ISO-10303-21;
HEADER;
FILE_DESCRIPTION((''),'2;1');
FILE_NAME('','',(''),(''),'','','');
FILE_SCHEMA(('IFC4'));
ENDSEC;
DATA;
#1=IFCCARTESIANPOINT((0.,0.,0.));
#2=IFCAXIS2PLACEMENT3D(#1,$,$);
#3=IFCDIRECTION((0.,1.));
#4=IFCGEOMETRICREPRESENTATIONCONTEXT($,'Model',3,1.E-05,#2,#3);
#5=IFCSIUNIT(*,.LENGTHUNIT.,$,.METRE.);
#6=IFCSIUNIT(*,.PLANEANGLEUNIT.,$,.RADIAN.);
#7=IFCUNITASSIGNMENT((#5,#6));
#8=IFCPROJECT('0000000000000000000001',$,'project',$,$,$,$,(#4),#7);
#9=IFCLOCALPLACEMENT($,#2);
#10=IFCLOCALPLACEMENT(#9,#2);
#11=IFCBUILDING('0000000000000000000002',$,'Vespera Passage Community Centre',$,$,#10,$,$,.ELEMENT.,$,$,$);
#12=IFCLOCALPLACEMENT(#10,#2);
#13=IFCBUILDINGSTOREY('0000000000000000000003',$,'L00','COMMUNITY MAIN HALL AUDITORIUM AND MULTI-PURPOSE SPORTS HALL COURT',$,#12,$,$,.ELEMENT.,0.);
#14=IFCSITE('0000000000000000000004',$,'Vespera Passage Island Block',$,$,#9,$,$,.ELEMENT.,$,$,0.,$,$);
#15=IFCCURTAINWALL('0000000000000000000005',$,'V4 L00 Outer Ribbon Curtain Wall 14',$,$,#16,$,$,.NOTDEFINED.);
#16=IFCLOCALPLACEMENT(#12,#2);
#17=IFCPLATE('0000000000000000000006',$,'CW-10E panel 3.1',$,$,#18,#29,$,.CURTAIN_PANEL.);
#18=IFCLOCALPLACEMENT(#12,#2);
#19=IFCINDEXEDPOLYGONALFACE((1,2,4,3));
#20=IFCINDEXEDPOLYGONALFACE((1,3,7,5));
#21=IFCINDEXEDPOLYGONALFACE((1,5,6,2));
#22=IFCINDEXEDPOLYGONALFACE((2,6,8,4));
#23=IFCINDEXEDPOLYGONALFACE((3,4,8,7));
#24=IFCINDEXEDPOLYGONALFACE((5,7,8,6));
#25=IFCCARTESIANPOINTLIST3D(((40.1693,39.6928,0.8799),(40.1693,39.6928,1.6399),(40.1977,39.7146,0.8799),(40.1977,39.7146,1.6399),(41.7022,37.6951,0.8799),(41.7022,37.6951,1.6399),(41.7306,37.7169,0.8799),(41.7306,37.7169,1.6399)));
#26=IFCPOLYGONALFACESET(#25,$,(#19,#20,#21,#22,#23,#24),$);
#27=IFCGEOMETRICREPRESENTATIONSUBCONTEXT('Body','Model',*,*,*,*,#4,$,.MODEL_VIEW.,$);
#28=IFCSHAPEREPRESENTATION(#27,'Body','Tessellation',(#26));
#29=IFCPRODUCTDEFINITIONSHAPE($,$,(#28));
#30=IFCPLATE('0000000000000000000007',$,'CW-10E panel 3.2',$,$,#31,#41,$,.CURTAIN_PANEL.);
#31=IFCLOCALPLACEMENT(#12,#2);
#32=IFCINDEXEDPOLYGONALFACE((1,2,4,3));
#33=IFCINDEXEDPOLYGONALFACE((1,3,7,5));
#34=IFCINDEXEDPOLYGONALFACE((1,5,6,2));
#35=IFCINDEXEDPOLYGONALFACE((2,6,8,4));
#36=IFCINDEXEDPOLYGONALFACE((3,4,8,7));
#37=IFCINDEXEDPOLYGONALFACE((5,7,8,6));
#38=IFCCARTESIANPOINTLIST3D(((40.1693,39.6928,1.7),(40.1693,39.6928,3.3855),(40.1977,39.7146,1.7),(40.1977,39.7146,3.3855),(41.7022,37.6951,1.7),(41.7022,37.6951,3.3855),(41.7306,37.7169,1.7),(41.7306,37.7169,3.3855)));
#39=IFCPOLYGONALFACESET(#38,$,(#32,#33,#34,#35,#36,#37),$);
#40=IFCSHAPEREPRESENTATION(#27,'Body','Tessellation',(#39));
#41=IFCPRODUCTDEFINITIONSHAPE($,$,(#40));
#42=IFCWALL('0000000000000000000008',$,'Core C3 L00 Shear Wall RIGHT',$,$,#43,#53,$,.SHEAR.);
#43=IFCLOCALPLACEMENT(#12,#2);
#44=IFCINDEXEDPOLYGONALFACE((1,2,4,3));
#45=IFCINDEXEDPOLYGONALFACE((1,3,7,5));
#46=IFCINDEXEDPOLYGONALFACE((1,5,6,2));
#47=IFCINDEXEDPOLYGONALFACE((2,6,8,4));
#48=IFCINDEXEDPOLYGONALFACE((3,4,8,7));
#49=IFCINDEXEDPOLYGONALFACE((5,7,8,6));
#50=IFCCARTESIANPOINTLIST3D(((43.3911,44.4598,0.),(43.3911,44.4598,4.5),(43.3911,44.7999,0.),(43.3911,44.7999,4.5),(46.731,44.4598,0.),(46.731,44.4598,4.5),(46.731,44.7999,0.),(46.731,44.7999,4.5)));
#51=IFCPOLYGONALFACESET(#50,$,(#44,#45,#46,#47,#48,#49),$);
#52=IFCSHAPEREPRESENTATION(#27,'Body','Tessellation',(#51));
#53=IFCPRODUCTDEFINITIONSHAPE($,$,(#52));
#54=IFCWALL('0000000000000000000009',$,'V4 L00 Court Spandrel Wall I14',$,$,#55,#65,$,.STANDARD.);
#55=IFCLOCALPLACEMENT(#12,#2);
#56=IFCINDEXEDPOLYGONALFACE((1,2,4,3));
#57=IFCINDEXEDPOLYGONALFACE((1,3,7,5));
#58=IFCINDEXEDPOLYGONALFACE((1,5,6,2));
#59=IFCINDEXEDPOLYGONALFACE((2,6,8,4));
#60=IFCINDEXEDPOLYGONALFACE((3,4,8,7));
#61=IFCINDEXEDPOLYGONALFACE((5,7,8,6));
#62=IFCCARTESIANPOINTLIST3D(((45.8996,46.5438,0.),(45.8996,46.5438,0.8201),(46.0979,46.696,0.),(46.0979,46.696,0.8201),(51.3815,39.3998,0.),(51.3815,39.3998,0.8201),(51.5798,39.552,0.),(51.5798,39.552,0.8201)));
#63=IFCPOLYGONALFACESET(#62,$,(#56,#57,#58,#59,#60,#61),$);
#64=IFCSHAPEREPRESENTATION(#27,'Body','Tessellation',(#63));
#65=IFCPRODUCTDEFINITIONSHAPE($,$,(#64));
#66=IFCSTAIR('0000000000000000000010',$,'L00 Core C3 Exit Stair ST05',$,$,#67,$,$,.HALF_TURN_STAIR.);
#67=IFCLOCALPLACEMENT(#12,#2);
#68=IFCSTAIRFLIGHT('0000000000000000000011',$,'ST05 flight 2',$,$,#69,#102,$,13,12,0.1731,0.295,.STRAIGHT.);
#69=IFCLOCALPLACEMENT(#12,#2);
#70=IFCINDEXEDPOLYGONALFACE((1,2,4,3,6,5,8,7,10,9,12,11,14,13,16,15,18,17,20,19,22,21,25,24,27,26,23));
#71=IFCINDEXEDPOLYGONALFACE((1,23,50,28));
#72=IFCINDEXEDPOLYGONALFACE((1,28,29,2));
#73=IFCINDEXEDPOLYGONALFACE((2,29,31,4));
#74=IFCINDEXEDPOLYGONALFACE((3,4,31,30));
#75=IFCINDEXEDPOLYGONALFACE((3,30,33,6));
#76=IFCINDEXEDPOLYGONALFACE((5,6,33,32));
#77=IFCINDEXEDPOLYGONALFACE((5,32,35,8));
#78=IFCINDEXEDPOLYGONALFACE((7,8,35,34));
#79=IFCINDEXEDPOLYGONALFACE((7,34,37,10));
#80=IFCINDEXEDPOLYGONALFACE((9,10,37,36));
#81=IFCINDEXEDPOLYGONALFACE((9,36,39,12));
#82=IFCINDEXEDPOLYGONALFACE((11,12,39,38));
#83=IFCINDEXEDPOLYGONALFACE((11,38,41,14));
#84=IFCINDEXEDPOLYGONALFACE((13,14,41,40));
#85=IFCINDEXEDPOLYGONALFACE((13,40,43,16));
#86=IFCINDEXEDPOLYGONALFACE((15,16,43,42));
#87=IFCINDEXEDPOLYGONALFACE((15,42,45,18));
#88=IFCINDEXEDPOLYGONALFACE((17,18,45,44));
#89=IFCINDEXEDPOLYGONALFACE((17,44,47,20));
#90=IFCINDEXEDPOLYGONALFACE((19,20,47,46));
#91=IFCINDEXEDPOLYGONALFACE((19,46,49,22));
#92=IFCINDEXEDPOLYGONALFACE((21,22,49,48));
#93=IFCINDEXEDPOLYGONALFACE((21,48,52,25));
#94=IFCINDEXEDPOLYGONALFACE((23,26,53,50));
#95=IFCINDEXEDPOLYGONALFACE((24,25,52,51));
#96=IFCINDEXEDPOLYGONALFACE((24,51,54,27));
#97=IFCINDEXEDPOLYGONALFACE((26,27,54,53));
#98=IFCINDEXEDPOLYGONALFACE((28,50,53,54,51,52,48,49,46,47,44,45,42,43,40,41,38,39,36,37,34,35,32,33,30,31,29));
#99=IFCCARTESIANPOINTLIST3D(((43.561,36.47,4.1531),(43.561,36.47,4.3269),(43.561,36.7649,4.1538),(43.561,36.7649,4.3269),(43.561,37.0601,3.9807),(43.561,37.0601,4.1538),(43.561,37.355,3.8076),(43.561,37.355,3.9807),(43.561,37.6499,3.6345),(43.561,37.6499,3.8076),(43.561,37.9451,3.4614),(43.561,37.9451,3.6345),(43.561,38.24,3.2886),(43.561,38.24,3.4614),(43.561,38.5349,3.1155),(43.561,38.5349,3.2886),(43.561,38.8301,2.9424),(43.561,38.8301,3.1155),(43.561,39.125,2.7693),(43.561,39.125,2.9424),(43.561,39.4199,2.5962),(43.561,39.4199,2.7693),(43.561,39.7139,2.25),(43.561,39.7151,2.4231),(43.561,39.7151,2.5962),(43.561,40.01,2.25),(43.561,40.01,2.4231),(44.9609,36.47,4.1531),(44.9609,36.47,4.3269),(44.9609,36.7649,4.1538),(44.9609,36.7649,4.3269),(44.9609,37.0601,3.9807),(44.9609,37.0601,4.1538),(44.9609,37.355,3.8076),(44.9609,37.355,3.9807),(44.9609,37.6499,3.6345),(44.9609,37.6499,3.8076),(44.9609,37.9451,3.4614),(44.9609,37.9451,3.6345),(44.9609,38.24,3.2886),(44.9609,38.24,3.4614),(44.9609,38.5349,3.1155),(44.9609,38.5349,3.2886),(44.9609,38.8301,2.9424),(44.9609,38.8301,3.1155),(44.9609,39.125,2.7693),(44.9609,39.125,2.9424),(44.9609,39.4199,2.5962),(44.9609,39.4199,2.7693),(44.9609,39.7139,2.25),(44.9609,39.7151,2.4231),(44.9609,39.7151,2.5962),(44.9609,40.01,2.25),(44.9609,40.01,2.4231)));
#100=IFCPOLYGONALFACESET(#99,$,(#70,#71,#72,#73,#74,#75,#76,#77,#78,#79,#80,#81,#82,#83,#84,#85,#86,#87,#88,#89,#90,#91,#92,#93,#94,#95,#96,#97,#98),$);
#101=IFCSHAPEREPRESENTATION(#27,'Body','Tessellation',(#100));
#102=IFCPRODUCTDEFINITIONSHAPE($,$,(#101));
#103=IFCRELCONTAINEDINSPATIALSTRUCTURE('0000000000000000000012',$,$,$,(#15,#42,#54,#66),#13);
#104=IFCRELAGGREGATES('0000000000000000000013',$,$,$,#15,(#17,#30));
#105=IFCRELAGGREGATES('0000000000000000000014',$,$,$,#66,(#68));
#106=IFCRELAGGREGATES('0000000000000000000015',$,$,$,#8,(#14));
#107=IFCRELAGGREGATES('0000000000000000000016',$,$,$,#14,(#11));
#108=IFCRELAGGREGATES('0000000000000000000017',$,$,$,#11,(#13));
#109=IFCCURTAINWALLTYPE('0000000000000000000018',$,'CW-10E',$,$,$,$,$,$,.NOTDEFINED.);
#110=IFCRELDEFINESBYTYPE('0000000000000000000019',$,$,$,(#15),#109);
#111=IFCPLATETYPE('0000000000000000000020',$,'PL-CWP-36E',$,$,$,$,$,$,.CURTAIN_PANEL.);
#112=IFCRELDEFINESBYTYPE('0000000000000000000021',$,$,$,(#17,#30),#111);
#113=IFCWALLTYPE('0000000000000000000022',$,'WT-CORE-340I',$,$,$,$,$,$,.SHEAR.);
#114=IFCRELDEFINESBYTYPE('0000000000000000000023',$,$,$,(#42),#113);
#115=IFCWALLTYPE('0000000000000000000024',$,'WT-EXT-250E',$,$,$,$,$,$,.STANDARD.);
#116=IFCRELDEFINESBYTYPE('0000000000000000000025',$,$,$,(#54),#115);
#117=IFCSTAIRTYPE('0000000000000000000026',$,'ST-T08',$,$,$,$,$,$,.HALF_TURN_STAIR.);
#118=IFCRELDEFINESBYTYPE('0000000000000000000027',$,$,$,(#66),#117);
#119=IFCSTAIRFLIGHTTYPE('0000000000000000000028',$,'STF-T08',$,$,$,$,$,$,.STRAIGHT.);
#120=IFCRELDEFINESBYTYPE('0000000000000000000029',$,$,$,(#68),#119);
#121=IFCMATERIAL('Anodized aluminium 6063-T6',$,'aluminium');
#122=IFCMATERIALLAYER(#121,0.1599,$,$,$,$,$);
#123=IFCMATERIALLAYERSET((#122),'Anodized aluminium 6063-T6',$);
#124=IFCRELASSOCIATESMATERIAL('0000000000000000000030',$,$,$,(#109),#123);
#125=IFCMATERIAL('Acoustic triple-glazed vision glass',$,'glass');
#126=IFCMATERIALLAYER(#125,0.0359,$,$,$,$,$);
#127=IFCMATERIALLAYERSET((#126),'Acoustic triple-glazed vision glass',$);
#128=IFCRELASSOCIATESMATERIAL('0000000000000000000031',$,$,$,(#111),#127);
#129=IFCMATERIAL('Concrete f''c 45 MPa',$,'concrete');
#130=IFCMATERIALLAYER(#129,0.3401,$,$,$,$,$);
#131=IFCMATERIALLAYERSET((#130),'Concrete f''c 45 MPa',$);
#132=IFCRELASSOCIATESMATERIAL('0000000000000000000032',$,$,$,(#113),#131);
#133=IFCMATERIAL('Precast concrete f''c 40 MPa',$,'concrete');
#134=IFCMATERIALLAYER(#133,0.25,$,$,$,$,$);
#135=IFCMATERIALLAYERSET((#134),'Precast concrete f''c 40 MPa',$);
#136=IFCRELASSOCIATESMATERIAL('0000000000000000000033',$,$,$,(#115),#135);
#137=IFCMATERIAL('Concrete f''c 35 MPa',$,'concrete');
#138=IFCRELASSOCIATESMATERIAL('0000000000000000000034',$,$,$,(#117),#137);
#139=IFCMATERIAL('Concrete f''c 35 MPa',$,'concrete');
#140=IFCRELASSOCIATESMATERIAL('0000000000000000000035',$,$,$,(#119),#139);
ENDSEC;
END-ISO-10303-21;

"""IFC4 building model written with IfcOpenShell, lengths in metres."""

from ifc_helpers import new_model, si_unit, direction, frame, frame_2d, origin, origin_2d, place, context, subcontext, project, spatial, polyline, rectangle, outline, extrude, material, layer, layer_set, type_object, element, aggregate, save


model = new_model("IFC4")

# Units and contexts
model_context = context("Model", 3, precision=1e-05, world=origin(), true_north=direction((0.0, 1.0)))
body_context = subcontext(model_context, "Body", "Model", "MODEL_VIEW")
ifc_project = project(units=[si_unit("LENGTHUNIT", "METRE"), si_unit("PLANEANGLEUNIT", "RADIAN")], contexts=[model_context])

# Site, building, storey
site_placement = place(None, origin())
site = spatial("IfcSite", under=ifc_project, at=site_placement, Name="Vespera Passage Island Block", CompositionType="ELEMENT", RefElevation=0.0)
building_placement = place(site_placement, origin())
building = spatial("IfcBuilding", under=site, at=building_placement, Name="Vespera Passage Community Centre", CompositionType="ELEMENT")
storey_placement = place(building_placement, origin())
storey = spatial("IfcBuildingStorey", under=building, at=storey_placement, Name="L00", Description="COMMUNITY MAIN HALL AUDITORIUM AND MULTI-PURPOSE SPORTS HALL COURT", CompositionType="ELEMENT", Elevation=0.0)

# Curtain wall
ifc_material_1 = material(Name="Anodized aluminium 6063-T6", Category="aluminium")
ifc_layer_1 = layer(ifc_material_1, 0.1599)
ifc_layer_set_1 = layer_set([ifc_layer_1], Name="Anodized aluminium 6063-T6")
curtain_wall_type_1 = type_object("IfcCurtainWallType", Name="CW-10E", PredefinedType="NOTDEFINED", material=ifc_layer_set_1)
curtain_wall_1_placement = place(storey_placement, origin())
curtain_wall_1 = element("IfcCurtainWall", 1, at=curtain_wall_1_placement, inside=storey, type_object=curtain_wall_type_1, Name="V4 L00 Outer Ribbon Curtain Wall 14", PredefinedType="NOTDEFINED")

# Plates
ifc_material_2 = material(Name="Acoustic triple-glazed vision glass", Category="glass")
ifc_layer_2 = layer(ifc_material_2, 0.0359)
ifc_layer_set_2 = layer_set([ifc_layer_2], Name="Acoustic triple-glazed vision glass")
plate_type_1 = type_object("IfcPlateType", Name="PL-CWP-36E", PredefinedType="CURTAIN_PANEL", material=ifc_layer_set_2)
plate_1_placement = place(storey_placement, frame((40.95, 38.7048, 0.8799), z_axis=(0.0, 0.0, 1.0), x_axis=(-0.608765, 0.79335, 0.0)))
plate_1 = element("IfcPlate", 2, at=plate_1_placement, type_object=plate_type_1, Name="CW-10E panel 3.1", PredefinedType="CURTAIN_PANEL", context=body_context, shape_type="SweptSolid", body=[
    extrude(rectangle(XDim=2.5181, YDim=0.0359, at=origin_2d()), origin(), (0.0, 0.0, 1.0), 0.76),
])
plate_2_placement = place(storey_placement, frame((40.95, 38.7048, 1.7), z_axis=(0.0, 0.0, 1.0), x_axis=(-0.608765, 0.79335, 0.0)))
plate_2 = element("IfcPlate", 3, at=plate_2_placement, type_object=plate_type_1, Name="CW-10E panel 3.2", PredefinedType="CURTAIN_PANEL", context=body_context, shape_type="SweptSolid", body=[
    extrude(rectangle(XDim=2.5181, YDim=0.0359, at=origin_2d()), origin(), (0.0, 0.0, 1.0), 1.6855),
])
aggregate(curtain_wall_1, [plate_1, plate_2])

# Wall
ifc_material_3 = material(Name="Concrete f'c 45 MPa", Category="concrete")
ifc_layer_3 = layer(ifc_material_3, 0.3401)
ifc_layer_set_3 = layer_set([ifc_layer_3], Name="Concrete f'c 45 MPa")
wall_type_1 = type_object("IfcWallType", Name="WT-CORE-340I", PredefinedType="SHEAR", material=ifc_layer_set_3)
wall_1_placement = place(storey_placement, frame((43.3911, 44.6299, 0.0), z_axis=(0.0, 0.0, 1.0), x_axis=(1.0, 0.0, 0.0)))
element("IfcWall", 4, at=wall_1_placement, inside=storey, type_object=wall_type_1, Name="Core C3 L00 Shear Wall RIGHT", PredefinedType="SHEAR", context=body_context, shape_type="SweptSolid", body=[
    extrude(rectangle(XDim=3.3398, YDim=0.3401, at=frame_2d((1.6699, 0.0))), origin(), (0.0, 0.0, 1.0), 4.5),
])

# Wall
ifc_material_4 = material(Name="Precast concrete f'c 40 MPa", Category="concrete")
ifc_layer_4 = layer(ifc_material_4, 0.25)
ifc_layer_set_4 = layer_set([ifc_layer_4], Name="Precast concrete f'c 40 MPa")
wall_type_2 = type_object("IfcWallType", Name="WT-EXT-250E", PredefinedType="STANDARD", material=ifc_layer_set_4)
wall_2_placement = place(storey_placement, frame((45.9988, 46.6199, 0.0), z_axis=(0.0, 0.0, 1.0), x_axis=(0.60877, -0.793347, 0.0)))
element("IfcWall", 5, at=wall_2_placement, inside=storey, type_object=wall_type_2, Name="V4 L00 Court Spandrel Wall I14", PredefinedType="STANDARD", context=body_context, shape_type="SweptSolid", body=[
    extrude(rectangle(XDim=9.0049, YDim=0.25, at=frame_2d((4.5024, 0.0))), origin(), (0.0, 0.0, 1.0), 0.8201),
])

# Stair, stair flight
ifc_material_5 = material(Name="Concrete f'c 35 MPa", Category="concrete")
stair_type = type_object("IfcStairType", Name="ST-T08", PredefinedType="HALF_TURN_STAIR", material=ifc_material_5)
stair_placement = place(storey_placement, origin())
stair = element("IfcStair", 6, at=stair_placement, inside=storey, type_object=stair_type, Name="L00 Core C3 Exit Stair ST05", PredefinedType="HALF_TURN_STAIR")
ifc_material_6 = material(Name="Concrete f'c 35 MPa", Category="concrete")
stair_flight_type = type_object("IfcStairFlightType", Name="STF-T08", PredefinedType="STRAIGHT", material=ifc_material_6)
stair_flight_placement = place(storey_placement, frame((44.261, 40.01, 2.25), z_axis=(0.0, 0.0, 1.0), x_axis=(0.0, -1.0, 0.0)))
stair_flight = element("IfcStairFlight", 7, at=stair_flight_placement, type_object=stair_flight_type, Name="ST05 flight 2", NumberOfRisers=13, NumberOfTreads=12, PredefinedType="STRAIGHT", RiserHeight=0.1731, TreadLength=0.295, context=body_context, shape_type="SweptSolid", body=[
    extrude(outline(polyline([(0.0, 0.0), (0.0, 0.1731), (0.2949, 0.1731), (0.2949, 0.3462), (0.5901, 0.3462), (0.5901, 0.5193), (0.885, 0.5193), (0.885, 0.6924), (1.1799, 0.6924), (1.1799, 0.8655), (1.4751, 0.8655), (1.4751, 1.0386), (1.77, 1.0386), (1.77, 1.2114), (2.0649, 1.2114), (2.0649, 1.3845), (2.3601, 1.3845), (2.3601, 1.5576), (2.655, 1.5576), (2.655, 1.7307), (2.95, 1.7307), (2.95, 1.9038), (3.2451, 1.9038), (3.2451, 2.0769), (3.54, 2.0769), (3.54, 2.25), (3.54, 1.9031), (0.2961, 0.0), (0.0, 0.0)])), frame((0.0, 0.7, 0.0), z_axis=(0.0, -1.0, 0.0), x_axis=(1.0, 0.0, 0.0)), (0.0, 0.0, 1.0), 1.3999),
])
aggregate(stair, [stair_flight])

save(model, "model.ifc")
